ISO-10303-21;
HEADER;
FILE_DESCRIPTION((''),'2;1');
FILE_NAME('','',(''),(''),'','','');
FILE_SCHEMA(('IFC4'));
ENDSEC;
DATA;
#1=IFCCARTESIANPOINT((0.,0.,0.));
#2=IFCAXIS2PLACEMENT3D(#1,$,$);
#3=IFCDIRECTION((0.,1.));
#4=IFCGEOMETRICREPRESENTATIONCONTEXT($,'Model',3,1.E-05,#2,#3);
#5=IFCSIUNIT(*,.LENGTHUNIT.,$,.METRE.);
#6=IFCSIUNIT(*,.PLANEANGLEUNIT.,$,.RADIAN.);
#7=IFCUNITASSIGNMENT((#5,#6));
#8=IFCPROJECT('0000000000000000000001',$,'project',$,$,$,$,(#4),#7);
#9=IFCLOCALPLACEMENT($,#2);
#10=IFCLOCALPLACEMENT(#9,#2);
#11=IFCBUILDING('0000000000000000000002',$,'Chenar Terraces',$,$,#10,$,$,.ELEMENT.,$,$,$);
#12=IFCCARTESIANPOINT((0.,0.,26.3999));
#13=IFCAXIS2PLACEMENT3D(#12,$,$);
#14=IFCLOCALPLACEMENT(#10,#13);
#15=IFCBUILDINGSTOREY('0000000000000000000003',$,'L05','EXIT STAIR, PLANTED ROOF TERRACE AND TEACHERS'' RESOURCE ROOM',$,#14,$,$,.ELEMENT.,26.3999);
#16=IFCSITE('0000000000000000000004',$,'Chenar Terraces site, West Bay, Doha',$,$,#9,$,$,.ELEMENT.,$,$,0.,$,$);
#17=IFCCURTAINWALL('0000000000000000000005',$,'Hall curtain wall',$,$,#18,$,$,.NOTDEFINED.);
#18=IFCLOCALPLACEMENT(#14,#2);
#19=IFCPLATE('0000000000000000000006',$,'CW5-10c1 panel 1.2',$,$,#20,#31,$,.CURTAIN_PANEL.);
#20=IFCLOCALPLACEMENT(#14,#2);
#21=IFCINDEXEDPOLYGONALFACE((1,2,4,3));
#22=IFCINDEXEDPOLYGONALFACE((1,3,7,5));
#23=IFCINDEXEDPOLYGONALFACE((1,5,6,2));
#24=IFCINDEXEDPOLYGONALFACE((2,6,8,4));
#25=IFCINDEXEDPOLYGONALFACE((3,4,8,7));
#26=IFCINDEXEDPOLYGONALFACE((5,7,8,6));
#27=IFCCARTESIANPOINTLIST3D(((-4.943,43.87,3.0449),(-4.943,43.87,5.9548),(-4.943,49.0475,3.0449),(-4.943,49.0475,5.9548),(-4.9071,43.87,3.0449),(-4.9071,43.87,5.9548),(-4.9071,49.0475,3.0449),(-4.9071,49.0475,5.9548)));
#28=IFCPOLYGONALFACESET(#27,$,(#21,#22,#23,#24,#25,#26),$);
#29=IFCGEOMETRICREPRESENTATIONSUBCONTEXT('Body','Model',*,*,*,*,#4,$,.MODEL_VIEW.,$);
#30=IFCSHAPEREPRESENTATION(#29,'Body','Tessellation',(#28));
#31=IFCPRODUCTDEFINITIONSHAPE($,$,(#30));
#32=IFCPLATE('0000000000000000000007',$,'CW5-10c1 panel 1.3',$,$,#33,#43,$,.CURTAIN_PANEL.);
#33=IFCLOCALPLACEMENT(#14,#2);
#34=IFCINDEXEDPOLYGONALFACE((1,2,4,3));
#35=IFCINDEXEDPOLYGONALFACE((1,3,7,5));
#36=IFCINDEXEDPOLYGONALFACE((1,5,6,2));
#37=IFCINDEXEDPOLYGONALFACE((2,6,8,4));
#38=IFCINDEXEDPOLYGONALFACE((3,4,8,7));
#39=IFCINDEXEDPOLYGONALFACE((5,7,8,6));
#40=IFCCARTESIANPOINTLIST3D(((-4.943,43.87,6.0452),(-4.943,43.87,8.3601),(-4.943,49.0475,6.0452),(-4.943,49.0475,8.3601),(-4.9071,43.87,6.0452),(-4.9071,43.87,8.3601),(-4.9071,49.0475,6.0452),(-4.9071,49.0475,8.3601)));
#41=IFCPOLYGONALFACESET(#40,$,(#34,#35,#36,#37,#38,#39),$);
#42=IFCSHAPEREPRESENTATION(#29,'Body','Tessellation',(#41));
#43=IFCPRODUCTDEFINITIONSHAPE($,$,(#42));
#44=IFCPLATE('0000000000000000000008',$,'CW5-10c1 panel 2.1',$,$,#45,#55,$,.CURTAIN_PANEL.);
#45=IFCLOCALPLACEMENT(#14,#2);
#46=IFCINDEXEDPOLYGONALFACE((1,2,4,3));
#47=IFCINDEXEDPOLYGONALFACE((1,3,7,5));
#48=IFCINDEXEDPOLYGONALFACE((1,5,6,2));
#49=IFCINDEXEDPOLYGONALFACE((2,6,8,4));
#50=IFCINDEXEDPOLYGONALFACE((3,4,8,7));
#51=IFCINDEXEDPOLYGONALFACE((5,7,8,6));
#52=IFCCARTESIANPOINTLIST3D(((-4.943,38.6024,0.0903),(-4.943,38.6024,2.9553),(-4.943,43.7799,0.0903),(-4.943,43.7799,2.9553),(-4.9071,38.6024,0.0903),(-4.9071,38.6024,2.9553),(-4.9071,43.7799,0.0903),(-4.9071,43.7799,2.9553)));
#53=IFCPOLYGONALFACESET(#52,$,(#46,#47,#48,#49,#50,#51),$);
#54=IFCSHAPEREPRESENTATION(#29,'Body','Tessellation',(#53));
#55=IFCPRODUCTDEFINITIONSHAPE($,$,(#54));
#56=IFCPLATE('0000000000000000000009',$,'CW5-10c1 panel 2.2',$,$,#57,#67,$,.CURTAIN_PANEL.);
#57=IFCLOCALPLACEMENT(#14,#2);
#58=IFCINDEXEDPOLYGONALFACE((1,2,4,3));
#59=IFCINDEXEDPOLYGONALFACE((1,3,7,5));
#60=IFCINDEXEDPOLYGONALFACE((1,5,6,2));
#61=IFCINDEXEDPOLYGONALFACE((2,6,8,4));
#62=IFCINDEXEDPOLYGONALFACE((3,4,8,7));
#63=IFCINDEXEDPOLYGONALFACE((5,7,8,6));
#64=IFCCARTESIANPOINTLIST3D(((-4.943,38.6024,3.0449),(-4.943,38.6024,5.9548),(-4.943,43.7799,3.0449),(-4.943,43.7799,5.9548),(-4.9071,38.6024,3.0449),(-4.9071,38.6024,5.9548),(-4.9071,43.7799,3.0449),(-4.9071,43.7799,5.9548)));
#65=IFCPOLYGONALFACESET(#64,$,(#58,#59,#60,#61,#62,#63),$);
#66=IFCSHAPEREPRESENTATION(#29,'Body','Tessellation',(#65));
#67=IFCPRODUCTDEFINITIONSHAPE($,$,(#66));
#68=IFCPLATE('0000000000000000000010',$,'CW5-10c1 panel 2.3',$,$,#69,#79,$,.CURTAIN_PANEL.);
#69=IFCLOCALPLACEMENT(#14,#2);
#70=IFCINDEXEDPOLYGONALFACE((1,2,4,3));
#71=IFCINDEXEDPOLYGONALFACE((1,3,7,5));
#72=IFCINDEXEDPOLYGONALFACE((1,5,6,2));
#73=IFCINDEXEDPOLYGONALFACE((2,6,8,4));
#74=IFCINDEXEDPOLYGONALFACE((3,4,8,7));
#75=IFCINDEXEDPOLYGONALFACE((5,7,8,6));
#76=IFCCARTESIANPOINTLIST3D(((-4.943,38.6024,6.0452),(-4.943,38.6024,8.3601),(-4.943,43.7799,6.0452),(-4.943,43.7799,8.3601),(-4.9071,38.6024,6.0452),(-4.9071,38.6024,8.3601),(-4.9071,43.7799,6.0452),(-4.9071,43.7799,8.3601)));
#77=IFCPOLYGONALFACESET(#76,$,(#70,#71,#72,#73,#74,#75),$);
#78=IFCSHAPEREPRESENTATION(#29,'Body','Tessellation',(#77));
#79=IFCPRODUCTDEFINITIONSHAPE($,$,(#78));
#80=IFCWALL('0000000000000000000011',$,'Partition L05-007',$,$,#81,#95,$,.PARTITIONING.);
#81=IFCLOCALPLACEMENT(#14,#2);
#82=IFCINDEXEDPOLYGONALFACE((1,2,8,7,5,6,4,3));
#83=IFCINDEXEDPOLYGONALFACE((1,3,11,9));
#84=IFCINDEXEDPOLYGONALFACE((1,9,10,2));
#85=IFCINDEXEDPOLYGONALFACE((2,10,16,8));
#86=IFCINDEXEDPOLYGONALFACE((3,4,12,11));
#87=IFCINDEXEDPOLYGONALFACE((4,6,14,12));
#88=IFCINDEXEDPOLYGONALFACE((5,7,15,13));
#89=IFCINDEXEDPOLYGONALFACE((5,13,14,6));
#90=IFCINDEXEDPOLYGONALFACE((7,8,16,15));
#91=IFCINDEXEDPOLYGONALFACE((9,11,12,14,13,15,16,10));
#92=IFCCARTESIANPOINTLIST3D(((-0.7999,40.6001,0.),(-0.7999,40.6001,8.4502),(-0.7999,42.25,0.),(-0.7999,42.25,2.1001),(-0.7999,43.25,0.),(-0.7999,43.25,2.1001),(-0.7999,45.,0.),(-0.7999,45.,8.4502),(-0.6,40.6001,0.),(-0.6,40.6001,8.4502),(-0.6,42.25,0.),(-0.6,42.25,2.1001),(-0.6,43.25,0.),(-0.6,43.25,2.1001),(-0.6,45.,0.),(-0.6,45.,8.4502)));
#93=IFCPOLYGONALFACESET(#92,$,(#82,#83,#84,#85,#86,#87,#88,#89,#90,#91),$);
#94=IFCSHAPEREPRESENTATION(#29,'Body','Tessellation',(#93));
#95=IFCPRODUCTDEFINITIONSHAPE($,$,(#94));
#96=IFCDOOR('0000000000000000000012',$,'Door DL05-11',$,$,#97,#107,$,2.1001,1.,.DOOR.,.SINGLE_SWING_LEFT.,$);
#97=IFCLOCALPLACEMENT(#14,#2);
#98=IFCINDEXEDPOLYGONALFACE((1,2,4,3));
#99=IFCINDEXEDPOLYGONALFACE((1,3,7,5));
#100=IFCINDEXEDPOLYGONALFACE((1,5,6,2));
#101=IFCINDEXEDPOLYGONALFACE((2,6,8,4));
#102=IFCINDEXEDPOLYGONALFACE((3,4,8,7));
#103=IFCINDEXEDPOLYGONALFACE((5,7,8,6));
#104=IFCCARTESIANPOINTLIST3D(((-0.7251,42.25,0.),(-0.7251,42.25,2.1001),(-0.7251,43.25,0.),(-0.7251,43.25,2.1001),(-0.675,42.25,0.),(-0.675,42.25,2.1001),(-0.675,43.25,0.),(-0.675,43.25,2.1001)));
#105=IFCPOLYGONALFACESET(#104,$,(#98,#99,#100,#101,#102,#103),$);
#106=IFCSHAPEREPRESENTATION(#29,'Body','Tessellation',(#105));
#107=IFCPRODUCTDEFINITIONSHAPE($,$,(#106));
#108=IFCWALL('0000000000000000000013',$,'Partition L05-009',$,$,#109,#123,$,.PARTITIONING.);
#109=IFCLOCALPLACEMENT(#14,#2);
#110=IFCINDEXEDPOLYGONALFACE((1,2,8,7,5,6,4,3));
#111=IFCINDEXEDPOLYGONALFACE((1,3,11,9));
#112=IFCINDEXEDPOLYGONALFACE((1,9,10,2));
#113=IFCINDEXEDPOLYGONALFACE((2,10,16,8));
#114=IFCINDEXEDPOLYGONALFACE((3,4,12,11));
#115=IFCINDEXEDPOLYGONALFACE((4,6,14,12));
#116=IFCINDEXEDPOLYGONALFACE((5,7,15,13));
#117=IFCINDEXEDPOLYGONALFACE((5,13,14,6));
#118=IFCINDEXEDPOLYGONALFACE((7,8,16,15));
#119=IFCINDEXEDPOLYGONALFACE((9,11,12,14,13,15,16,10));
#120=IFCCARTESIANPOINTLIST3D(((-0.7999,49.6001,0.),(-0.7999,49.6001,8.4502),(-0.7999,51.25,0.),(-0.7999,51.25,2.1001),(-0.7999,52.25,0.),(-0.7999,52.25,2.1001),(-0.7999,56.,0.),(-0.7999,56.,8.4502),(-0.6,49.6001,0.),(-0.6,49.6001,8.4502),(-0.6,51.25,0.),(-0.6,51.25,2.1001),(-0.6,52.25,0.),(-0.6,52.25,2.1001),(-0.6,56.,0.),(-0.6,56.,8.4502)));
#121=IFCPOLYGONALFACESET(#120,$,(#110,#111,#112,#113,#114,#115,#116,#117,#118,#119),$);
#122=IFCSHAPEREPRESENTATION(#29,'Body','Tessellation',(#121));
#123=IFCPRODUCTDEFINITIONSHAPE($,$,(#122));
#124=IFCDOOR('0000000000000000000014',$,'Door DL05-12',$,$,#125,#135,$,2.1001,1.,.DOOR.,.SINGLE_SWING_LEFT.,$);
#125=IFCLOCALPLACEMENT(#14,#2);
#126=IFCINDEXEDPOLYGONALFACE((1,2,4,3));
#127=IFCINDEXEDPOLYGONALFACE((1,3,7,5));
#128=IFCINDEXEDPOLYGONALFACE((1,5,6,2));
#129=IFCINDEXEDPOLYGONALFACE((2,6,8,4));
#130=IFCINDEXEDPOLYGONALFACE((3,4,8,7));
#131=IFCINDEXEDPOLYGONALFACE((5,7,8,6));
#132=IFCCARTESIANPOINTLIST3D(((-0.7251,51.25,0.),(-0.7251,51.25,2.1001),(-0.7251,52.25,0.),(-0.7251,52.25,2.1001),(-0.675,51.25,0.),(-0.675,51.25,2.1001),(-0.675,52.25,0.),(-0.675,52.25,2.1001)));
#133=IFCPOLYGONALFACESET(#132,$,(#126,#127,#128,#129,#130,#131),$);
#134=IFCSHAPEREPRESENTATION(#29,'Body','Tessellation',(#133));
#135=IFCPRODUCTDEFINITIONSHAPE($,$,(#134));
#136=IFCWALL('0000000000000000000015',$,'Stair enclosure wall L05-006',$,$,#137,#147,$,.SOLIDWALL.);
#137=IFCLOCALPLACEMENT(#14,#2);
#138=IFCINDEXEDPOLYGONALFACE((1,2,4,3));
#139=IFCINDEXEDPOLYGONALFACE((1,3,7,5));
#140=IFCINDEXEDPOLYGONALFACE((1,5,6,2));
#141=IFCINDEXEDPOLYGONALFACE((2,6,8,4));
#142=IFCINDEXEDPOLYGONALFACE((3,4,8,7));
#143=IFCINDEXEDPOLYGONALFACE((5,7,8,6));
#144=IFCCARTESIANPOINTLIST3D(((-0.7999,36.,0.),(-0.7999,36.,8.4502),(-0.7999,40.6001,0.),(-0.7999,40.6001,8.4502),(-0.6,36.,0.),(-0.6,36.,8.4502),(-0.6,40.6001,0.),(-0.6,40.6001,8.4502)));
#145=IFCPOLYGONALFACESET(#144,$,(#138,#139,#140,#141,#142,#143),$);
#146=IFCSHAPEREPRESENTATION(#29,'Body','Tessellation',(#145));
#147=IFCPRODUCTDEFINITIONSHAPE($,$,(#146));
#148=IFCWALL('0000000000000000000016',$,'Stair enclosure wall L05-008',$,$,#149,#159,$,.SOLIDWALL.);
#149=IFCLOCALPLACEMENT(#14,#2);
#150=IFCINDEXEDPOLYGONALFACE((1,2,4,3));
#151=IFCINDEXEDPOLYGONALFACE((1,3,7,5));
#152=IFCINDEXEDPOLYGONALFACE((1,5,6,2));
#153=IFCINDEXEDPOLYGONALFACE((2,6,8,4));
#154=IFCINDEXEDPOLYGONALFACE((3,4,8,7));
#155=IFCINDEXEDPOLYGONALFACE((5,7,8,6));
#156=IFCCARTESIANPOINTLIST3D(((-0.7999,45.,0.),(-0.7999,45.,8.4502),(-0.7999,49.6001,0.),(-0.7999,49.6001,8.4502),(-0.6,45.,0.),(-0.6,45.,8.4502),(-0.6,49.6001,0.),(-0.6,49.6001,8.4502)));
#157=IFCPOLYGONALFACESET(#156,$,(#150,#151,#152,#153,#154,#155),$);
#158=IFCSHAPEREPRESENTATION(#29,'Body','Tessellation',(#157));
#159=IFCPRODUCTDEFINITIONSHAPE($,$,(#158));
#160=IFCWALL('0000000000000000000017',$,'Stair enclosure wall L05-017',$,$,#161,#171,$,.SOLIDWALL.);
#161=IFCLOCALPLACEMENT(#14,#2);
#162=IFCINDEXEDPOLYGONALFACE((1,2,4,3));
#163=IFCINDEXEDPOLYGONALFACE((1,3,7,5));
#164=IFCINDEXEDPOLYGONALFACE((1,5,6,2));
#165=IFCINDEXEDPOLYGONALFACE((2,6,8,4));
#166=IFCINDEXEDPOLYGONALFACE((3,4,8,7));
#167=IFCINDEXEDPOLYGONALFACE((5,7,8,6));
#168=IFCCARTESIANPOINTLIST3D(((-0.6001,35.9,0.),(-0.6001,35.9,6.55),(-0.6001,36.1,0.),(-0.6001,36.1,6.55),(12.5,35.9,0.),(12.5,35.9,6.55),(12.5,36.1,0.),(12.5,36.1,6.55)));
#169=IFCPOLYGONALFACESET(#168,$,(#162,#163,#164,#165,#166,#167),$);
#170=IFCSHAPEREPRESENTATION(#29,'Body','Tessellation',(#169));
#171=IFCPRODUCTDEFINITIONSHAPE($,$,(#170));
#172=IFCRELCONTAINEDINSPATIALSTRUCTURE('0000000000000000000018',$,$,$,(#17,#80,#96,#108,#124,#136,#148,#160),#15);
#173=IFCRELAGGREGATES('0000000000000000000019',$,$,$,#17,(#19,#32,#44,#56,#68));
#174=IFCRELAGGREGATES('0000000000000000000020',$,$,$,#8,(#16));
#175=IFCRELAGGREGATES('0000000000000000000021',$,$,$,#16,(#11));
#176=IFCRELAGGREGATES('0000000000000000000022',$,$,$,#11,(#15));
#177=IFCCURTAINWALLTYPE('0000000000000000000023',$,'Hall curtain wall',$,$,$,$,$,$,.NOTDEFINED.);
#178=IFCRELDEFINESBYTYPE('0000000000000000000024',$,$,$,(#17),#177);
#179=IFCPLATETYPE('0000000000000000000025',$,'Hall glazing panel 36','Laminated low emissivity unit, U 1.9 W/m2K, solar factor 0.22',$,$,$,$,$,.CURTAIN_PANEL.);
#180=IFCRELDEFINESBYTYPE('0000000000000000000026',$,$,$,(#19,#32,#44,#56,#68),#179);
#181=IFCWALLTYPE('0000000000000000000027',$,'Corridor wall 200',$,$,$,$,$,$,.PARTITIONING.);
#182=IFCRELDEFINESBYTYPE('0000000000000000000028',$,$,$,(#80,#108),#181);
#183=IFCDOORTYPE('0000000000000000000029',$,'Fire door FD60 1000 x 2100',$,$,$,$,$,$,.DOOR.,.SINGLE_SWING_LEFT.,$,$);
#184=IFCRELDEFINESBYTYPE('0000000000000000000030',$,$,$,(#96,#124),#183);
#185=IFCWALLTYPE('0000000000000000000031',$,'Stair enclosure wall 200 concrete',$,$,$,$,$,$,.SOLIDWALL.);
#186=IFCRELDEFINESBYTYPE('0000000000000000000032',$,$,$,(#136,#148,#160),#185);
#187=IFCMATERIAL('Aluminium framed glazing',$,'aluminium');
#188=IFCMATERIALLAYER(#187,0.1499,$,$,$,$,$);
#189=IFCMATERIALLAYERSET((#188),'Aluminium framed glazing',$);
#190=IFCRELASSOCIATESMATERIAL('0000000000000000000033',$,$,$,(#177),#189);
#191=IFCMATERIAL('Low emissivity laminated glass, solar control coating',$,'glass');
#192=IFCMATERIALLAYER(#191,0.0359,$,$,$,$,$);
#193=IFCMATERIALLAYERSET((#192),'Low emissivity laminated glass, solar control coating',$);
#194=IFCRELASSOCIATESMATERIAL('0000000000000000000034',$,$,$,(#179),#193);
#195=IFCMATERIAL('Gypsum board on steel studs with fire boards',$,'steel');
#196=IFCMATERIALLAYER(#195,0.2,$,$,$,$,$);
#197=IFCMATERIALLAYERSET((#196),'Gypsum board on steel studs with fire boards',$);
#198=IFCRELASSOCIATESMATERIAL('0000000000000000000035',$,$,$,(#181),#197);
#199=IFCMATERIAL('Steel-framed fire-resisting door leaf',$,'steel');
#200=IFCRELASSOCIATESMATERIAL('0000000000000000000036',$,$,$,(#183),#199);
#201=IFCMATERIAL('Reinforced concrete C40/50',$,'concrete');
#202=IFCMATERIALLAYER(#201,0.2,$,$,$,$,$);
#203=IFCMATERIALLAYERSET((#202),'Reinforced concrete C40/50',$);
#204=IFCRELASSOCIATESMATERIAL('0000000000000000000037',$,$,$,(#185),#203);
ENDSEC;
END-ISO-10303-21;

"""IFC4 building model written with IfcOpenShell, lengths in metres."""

from ifc_helpers import new_model, si_unit, direction, frame, frame_2d, origin, origin_2d, place, context, subcontext, project, spatial, rectangle, extrude, material, layer, layer_set, type_object, element, fill, aggregate, save


model = new_model("IFC4")

# Units and contexts
model_context = context("Model", 3, precision=1e-05, world=origin(), true_north=direction((0.0, 1.0)))
body_context = subcontext(model_context, "Body", "Model", "MODEL_VIEW")
ifc_project = project(units=[si_unit("LENGTHUNIT", "METRE"), si_unit("PLANEANGLEUNIT", "RADIAN")], contexts=[model_context])

# Site, building, storey
site_placement = place(None, origin())
site = spatial("IfcSite", under=ifc_project, at=site_placement, Name="Chenar Terraces site, West Bay, Doha", CompositionType="ELEMENT", RefElevation=0.0)
building_placement = place(site_placement, origin())
building = spatial("IfcBuilding", under=site, at=building_placement, Name="Chenar Terraces", CompositionType="ELEMENT")
storey_placement = place(building_placement, frame((0.0, 0.0, 26.3999)))
storey = spatial("IfcBuildingStorey", under=building, at=storey_placement, Name="L05", Description="EXIT STAIR, PLANTED ROOF TERRACE AND TEACHERS' RESOURCE ROOM", CompositionType="ELEMENT", Elevation=26.3999)

# Curtain wall
ifc_material_1 = material(Name="Aluminium framed glazing", Category="aluminium")
ifc_layer_1 = layer(ifc_material_1, 0.1499)
ifc_layer_set_1 = layer_set([ifc_layer_1], Name="Aluminium framed glazing")
curtain_wall_type = type_object("IfcCurtainWallType", Name="Hall curtain wall", PredefinedType="NOTDEFINED", material=ifc_layer_set_1)
placement = place(storey_placement, origin())
curtain_wall_1 = element("IfcCurtainWall", 1, at=placement, inside=storey, type_object=curtain_wall_type, Name="Hall curtain wall", PredefinedType="NOTDEFINED")

# Plates
ifc_material_2 = material(Name="Low emissivity laminated glass, solar control coating", Category="glass")
ifc_layer_2 = layer(ifc_material_2, 0.0359)
ifc_layer_set_2 = layer_set([ifc_layer_2], Name="Low emissivity laminated glass, solar control coating")
plate_type = type_object("IfcPlateType", Name="Hall glazing panel 36", Description="Laminated low emissivity unit, U 1.9 W/m2K, solar factor 0.22", PredefinedType="CURTAIN_PANEL", material=ifc_layer_set_2)
plate_1_placement = place(storey_placement, frame((-4.925, 46.4587, 3.0449), z_axis=(0.0, 0.0, 1.0), x_axis=(0.0, -1.0, 0.0)))
plate_1 = element("IfcPlate", 2, at=plate_1_placement, type_object=plate_type, Name="CW5-10c1 panel 1.2", PredefinedType="CURTAIN_PANEL", context=body_context, shape_type="SweptSolid", body=[
    extrude(rectangle(XDim=5.1775, YDim=0.0359, at=origin_2d()), origin(), (0.0, 0.0, 1.0), 2.9099),
])
plate_2_placement = place(storey_placement, frame((-4.925, 46.4587, 6.0452), z_axis=(0.0, 0.0, 1.0), x_axis=(0.0, -1.0, 0.0)))
plate_2 = element("IfcPlate", 3, at=plate_2_placement, type_object=plate_type, Name="CW5-10c1 panel 1.3", PredefinedType="CURTAIN_PANEL", context=body_context, shape_type="SweptSolid", body=[
    extrude(rectangle(XDim=5.1775, YDim=0.0359, at=origin_2d()), origin(), (0.0, 0.0, 1.0), 2.3149),
])
plate_3_placement = place(storey_placement, frame((-4.925, 41.1912, 0.0903), z_axis=(0.0, 0.0, 1.0), x_axis=(0.0, -1.0, 0.0)))
plate_3 = element("IfcPlate", 4, at=plate_3_placement, type_object=plate_type, Name="CW5-10c1 panel 2.1", PredefinedType="CURTAIN_PANEL", context=body_context, shape_type="SweptSolid", body=[
    extrude(rectangle(XDim=5.1775, YDim=0.0359, at=origin_2d()), origin(), (0.0, 0.0, 1.0), 2.865),
])
plate_4_placement = place(storey_placement, frame((-4.925, 41.1912, 3.0449), z_axis=(0.0, 0.0, 1.0), x_axis=(0.0, -1.0, 0.0)))
plate_4 = element("IfcPlate", 5, at=plate_4_placement, type_object=plate_type, Name="CW5-10c1 panel 2.2", PredefinedType="CURTAIN_PANEL", context=body_context, shape_type="SweptSolid", body=[
    extrude(rectangle(XDim=5.1775, YDim=0.0359, at=origin_2d()), origin(), (0.0, 0.0, 1.0), 2.9099),
])
plate_5_placement = place(storey_placement, frame((-4.925, 41.1912, 6.0452), z_axis=(0.0, 0.0, 1.0), x_axis=(0.0, -1.0, 0.0)))
plate_5 = element("IfcPlate", 6, at=plate_5_placement, type_object=plate_type, Name="CW5-10c1 panel 2.3", PredefinedType="CURTAIN_PANEL", context=body_context, shape_type="SweptSolid", body=[
    extrude(rectangle(XDim=5.1775, YDim=0.0359, at=origin_2d()), origin(), (0.0, 0.0, 1.0), 2.3149),
])
aggregate(curtain_wall_1, [plate_1, plate_2, plate_3, plate_4, plate_5])

# Walls, openings, doors
ifc_material_3 = material(Name="Gypsum board on steel studs with fire boards", Category="steel")
ifc_layer_3 = layer(ifc_material_3, 0.2)
ifc_layer_set_3 = layer_set([ifc_layer_3], Name="Gypsum board on steel studs with fire boards")
wall_type_1 = type_object("IfcWallType", Name="Corridor wall 200", PredefinedType="PARTITIONING", material=ifc_layer_set_3)
wall_1_placement = place(storey_placement, frame((-0.7, 40.6001, 0.0), z_axis=(0.0, 0.0, 1.0), x_axis=(0.0, 1.0, 0.0)))
wall_1 = element("IfcWall", 7, at=wall_1_placement, inside=storey, type_object=wall_type_1, Name="Partition L05-007", PredefinedType="PARTITIONING", context=body_context, shape_type="SweptSolid", body=[
    extrude(rectangle(XDim=4.3999, YDim=0.2, at=frame_2d((2.2, 0.0))), origin(), (0.0, 0.0, 1.0), 8.4502),
])
opening_1_placement = place(wall_1_placement, frame((1.6499, 0.0, 0.0)))
opening_1 = element("IfcOpeningElement", 8, at=opening_1_placement, cuts=wall_1, PredefinedType="OPENING", context=body_context, shape_type="SweptSolid", body=[
    extrude(rectangle(XDim=1.0, YDim=2.1001, at=frame_2d((0.5, 1.05))), frame((0.0, 0.1099, 0.0), z_axis=(0.0, -1.0, 0.0), x_axis=(1.0, 0.0, 0.0)), (0.0, 0.0, 1.0), 0.22),
])
ifc_material_4 = material(Name="Steel-framed fire-resisting door leaf", Category="steel")
door_type_1 = type_object("IfcDoorType", Name="Fire door FD60 1000 x 2100", OperationType="SINGLE_SWING_LEFT", PredefinedType="DOOR", material=ifc_material_4)
door_1_placement = place(opening_1_placement, frame((1.0, 0.0, 0.0), z_axis=(0.0, 0.0, 1.0), x_axis=(-1.0, 0.0, 0.0)))
door_1 = element("IfcDoor", 9, at=door_1_placement, inside=storey, type_object=door_type_1, Name="Door DL05-11", OperationType="SINGLE_SWING_LEFT", OverallHeight=2.1001, OverallWidth=1.0, PredefinedType="DOOR", context=body_context, shape_type="SweptSolid", body=[
    extrude(rectangle(XDim=1.0, YDim=2.1001, at=frame_2d((0.5, 1.05))), frame((0.0, 0.0249, 0.0), z_axis=(0.0, -1.0, 0.0), x_axis=(1.0, 0.0, 0.0)), (0.0, 0.0, 1.0), 0.05),
])
fill(opening_1, door_1)
wall_2_placement = place(storey_placement, frame((-0.7, 49.6001, 0.0), z_axis=(0.0, 0.0, 1.0), x_axis=(0.0, 1.0, 0.0)))
wall_2 = element("IfcWall", 10, at=wall_2_placement, inside=storey, type_object=wall_type_1, Name="Partition L05-009", PredefinedType="PARTITIONING", context=body_context, shape_type="SweptSolid", body=[
    extrude(rectangle(XDim=6.3999, YDim=0.2, at=frame_2d((3.2, 0.0))), origin(), (0.0, 0.0, 1.0), 8.4502),
])
opening_2_placement = place(wall_2_placement, frame((1.6499, 0.0, 0.0)))
opening_2 = element("IfcOpeningElement", 11, at=opening_2_placement, cuts=wall_2, PredefinedType="OPENING", context=body_context, shape_type="SweptSolid", body=[
    extrude(rectangle(XDim=1.0, YDim=2.1001, at=frame_2d((0.5, 1.05))), frame((0.0, 0.1099, 0.0), z_axis=(0.0, -1.0, 0.0), x_axis=(1.0, 0.0, 0.0)), (0.0, 0.0, 1.0), 0.22),
])
door_2_placement = place(opening_2_placement, frame((1.0, 0.0, 0.0), z_axis=(0.0, 0.0, 1.0), x_axis=(-1.0, 0.0, 0.0)))
door_2 = element("IfcDoor", 12, at=door_2_placement, inside=storey, type_object=door_type_1, Name="Door DL05-12", OperationType="SINGLE_SWING_LEFT", OverallHeight=2.1001, OverallWidth=1.0, PredefinedType="DOOR", context=body_context, shape_type="SweptSolid", body=[
    extrude(rectangle(XDim=1.0, YDim=2.1001, at=frame_2d((0.5, 1.05))), frame((0.0, 0.0249, 0.0), z_axis=(0.0, -1.0, 0.0), x_axis=(1.0, 0.0, 0.0)), (0.0, 0.0, 1.0), 0.05),
])
fill(opening_2, door_2)

# Walls
ifc_material_5 = material(Name="Reinforced concrete C40/50", Category="concrete")
ifc_layer_4 = layer(ifc_material_5, 0.2)
ifc_layer_set_4 = layer_set([ifc_layer_4], Name="Reinforced concrete C40/50")
wall_type_2 = type_object("IfcWallType", Name="Stair enclosure wall 200 concrete", PredefinedType="SOLIDWALL", material=ifc_layer_set_4)
for number, where, z_axis, x_axis, name in (
    (13, (-0.7, 36.0, 0.0), (0.0, 0.0, 1.0), (0.0, 1.0, 0.0), "Stair enclosure wall L05-006"),
    (14, (-0.7, 45.0, 0.0), (0.0, 0.0, 1.0), (0.0, 1.0, 0.0), "Stair enclosure wall L05-008"),
):
    element("IfcWall", number, at=place(storey_placement, frame(where, z_axis=z_axis, x_axis=x_axis)), inside=storey, type_object=wall_type_2, Name=name, PredefinedType="SOLIDWALL", context=body_context, shape_type="SweptSolid", body=[
        extrude(rectangle(XDim=4.6001, YDim=0.2, at=frame_2d((2.3, 0.0))), origin(), (0.0, 0.0, 1.0), 8.4502),
    ])
wall_3_placement = place(storey_placement, frame((-0.6001, 36.0, 0.0), z_axis=(0.0, 0.0, 1.0), x_axis=(1.0, 0.0, 0.0)))
element("IfcWall", 15, at=wall_3_placement, inside=storey, type_object=wall_type_2, Name="Stair enclosure wall L05-017", PredefinedType="SOLIDWALL", context=body_context, shape_type="SweptSolid", body=[
    extrude(rectangle(XDim=13.1001, YDim=0.2, at=frame_2d((6.55, 0.0))), origin(), (0.0, 0.0, 1.0), 6.55),
])

save(model, "model.ifc")
